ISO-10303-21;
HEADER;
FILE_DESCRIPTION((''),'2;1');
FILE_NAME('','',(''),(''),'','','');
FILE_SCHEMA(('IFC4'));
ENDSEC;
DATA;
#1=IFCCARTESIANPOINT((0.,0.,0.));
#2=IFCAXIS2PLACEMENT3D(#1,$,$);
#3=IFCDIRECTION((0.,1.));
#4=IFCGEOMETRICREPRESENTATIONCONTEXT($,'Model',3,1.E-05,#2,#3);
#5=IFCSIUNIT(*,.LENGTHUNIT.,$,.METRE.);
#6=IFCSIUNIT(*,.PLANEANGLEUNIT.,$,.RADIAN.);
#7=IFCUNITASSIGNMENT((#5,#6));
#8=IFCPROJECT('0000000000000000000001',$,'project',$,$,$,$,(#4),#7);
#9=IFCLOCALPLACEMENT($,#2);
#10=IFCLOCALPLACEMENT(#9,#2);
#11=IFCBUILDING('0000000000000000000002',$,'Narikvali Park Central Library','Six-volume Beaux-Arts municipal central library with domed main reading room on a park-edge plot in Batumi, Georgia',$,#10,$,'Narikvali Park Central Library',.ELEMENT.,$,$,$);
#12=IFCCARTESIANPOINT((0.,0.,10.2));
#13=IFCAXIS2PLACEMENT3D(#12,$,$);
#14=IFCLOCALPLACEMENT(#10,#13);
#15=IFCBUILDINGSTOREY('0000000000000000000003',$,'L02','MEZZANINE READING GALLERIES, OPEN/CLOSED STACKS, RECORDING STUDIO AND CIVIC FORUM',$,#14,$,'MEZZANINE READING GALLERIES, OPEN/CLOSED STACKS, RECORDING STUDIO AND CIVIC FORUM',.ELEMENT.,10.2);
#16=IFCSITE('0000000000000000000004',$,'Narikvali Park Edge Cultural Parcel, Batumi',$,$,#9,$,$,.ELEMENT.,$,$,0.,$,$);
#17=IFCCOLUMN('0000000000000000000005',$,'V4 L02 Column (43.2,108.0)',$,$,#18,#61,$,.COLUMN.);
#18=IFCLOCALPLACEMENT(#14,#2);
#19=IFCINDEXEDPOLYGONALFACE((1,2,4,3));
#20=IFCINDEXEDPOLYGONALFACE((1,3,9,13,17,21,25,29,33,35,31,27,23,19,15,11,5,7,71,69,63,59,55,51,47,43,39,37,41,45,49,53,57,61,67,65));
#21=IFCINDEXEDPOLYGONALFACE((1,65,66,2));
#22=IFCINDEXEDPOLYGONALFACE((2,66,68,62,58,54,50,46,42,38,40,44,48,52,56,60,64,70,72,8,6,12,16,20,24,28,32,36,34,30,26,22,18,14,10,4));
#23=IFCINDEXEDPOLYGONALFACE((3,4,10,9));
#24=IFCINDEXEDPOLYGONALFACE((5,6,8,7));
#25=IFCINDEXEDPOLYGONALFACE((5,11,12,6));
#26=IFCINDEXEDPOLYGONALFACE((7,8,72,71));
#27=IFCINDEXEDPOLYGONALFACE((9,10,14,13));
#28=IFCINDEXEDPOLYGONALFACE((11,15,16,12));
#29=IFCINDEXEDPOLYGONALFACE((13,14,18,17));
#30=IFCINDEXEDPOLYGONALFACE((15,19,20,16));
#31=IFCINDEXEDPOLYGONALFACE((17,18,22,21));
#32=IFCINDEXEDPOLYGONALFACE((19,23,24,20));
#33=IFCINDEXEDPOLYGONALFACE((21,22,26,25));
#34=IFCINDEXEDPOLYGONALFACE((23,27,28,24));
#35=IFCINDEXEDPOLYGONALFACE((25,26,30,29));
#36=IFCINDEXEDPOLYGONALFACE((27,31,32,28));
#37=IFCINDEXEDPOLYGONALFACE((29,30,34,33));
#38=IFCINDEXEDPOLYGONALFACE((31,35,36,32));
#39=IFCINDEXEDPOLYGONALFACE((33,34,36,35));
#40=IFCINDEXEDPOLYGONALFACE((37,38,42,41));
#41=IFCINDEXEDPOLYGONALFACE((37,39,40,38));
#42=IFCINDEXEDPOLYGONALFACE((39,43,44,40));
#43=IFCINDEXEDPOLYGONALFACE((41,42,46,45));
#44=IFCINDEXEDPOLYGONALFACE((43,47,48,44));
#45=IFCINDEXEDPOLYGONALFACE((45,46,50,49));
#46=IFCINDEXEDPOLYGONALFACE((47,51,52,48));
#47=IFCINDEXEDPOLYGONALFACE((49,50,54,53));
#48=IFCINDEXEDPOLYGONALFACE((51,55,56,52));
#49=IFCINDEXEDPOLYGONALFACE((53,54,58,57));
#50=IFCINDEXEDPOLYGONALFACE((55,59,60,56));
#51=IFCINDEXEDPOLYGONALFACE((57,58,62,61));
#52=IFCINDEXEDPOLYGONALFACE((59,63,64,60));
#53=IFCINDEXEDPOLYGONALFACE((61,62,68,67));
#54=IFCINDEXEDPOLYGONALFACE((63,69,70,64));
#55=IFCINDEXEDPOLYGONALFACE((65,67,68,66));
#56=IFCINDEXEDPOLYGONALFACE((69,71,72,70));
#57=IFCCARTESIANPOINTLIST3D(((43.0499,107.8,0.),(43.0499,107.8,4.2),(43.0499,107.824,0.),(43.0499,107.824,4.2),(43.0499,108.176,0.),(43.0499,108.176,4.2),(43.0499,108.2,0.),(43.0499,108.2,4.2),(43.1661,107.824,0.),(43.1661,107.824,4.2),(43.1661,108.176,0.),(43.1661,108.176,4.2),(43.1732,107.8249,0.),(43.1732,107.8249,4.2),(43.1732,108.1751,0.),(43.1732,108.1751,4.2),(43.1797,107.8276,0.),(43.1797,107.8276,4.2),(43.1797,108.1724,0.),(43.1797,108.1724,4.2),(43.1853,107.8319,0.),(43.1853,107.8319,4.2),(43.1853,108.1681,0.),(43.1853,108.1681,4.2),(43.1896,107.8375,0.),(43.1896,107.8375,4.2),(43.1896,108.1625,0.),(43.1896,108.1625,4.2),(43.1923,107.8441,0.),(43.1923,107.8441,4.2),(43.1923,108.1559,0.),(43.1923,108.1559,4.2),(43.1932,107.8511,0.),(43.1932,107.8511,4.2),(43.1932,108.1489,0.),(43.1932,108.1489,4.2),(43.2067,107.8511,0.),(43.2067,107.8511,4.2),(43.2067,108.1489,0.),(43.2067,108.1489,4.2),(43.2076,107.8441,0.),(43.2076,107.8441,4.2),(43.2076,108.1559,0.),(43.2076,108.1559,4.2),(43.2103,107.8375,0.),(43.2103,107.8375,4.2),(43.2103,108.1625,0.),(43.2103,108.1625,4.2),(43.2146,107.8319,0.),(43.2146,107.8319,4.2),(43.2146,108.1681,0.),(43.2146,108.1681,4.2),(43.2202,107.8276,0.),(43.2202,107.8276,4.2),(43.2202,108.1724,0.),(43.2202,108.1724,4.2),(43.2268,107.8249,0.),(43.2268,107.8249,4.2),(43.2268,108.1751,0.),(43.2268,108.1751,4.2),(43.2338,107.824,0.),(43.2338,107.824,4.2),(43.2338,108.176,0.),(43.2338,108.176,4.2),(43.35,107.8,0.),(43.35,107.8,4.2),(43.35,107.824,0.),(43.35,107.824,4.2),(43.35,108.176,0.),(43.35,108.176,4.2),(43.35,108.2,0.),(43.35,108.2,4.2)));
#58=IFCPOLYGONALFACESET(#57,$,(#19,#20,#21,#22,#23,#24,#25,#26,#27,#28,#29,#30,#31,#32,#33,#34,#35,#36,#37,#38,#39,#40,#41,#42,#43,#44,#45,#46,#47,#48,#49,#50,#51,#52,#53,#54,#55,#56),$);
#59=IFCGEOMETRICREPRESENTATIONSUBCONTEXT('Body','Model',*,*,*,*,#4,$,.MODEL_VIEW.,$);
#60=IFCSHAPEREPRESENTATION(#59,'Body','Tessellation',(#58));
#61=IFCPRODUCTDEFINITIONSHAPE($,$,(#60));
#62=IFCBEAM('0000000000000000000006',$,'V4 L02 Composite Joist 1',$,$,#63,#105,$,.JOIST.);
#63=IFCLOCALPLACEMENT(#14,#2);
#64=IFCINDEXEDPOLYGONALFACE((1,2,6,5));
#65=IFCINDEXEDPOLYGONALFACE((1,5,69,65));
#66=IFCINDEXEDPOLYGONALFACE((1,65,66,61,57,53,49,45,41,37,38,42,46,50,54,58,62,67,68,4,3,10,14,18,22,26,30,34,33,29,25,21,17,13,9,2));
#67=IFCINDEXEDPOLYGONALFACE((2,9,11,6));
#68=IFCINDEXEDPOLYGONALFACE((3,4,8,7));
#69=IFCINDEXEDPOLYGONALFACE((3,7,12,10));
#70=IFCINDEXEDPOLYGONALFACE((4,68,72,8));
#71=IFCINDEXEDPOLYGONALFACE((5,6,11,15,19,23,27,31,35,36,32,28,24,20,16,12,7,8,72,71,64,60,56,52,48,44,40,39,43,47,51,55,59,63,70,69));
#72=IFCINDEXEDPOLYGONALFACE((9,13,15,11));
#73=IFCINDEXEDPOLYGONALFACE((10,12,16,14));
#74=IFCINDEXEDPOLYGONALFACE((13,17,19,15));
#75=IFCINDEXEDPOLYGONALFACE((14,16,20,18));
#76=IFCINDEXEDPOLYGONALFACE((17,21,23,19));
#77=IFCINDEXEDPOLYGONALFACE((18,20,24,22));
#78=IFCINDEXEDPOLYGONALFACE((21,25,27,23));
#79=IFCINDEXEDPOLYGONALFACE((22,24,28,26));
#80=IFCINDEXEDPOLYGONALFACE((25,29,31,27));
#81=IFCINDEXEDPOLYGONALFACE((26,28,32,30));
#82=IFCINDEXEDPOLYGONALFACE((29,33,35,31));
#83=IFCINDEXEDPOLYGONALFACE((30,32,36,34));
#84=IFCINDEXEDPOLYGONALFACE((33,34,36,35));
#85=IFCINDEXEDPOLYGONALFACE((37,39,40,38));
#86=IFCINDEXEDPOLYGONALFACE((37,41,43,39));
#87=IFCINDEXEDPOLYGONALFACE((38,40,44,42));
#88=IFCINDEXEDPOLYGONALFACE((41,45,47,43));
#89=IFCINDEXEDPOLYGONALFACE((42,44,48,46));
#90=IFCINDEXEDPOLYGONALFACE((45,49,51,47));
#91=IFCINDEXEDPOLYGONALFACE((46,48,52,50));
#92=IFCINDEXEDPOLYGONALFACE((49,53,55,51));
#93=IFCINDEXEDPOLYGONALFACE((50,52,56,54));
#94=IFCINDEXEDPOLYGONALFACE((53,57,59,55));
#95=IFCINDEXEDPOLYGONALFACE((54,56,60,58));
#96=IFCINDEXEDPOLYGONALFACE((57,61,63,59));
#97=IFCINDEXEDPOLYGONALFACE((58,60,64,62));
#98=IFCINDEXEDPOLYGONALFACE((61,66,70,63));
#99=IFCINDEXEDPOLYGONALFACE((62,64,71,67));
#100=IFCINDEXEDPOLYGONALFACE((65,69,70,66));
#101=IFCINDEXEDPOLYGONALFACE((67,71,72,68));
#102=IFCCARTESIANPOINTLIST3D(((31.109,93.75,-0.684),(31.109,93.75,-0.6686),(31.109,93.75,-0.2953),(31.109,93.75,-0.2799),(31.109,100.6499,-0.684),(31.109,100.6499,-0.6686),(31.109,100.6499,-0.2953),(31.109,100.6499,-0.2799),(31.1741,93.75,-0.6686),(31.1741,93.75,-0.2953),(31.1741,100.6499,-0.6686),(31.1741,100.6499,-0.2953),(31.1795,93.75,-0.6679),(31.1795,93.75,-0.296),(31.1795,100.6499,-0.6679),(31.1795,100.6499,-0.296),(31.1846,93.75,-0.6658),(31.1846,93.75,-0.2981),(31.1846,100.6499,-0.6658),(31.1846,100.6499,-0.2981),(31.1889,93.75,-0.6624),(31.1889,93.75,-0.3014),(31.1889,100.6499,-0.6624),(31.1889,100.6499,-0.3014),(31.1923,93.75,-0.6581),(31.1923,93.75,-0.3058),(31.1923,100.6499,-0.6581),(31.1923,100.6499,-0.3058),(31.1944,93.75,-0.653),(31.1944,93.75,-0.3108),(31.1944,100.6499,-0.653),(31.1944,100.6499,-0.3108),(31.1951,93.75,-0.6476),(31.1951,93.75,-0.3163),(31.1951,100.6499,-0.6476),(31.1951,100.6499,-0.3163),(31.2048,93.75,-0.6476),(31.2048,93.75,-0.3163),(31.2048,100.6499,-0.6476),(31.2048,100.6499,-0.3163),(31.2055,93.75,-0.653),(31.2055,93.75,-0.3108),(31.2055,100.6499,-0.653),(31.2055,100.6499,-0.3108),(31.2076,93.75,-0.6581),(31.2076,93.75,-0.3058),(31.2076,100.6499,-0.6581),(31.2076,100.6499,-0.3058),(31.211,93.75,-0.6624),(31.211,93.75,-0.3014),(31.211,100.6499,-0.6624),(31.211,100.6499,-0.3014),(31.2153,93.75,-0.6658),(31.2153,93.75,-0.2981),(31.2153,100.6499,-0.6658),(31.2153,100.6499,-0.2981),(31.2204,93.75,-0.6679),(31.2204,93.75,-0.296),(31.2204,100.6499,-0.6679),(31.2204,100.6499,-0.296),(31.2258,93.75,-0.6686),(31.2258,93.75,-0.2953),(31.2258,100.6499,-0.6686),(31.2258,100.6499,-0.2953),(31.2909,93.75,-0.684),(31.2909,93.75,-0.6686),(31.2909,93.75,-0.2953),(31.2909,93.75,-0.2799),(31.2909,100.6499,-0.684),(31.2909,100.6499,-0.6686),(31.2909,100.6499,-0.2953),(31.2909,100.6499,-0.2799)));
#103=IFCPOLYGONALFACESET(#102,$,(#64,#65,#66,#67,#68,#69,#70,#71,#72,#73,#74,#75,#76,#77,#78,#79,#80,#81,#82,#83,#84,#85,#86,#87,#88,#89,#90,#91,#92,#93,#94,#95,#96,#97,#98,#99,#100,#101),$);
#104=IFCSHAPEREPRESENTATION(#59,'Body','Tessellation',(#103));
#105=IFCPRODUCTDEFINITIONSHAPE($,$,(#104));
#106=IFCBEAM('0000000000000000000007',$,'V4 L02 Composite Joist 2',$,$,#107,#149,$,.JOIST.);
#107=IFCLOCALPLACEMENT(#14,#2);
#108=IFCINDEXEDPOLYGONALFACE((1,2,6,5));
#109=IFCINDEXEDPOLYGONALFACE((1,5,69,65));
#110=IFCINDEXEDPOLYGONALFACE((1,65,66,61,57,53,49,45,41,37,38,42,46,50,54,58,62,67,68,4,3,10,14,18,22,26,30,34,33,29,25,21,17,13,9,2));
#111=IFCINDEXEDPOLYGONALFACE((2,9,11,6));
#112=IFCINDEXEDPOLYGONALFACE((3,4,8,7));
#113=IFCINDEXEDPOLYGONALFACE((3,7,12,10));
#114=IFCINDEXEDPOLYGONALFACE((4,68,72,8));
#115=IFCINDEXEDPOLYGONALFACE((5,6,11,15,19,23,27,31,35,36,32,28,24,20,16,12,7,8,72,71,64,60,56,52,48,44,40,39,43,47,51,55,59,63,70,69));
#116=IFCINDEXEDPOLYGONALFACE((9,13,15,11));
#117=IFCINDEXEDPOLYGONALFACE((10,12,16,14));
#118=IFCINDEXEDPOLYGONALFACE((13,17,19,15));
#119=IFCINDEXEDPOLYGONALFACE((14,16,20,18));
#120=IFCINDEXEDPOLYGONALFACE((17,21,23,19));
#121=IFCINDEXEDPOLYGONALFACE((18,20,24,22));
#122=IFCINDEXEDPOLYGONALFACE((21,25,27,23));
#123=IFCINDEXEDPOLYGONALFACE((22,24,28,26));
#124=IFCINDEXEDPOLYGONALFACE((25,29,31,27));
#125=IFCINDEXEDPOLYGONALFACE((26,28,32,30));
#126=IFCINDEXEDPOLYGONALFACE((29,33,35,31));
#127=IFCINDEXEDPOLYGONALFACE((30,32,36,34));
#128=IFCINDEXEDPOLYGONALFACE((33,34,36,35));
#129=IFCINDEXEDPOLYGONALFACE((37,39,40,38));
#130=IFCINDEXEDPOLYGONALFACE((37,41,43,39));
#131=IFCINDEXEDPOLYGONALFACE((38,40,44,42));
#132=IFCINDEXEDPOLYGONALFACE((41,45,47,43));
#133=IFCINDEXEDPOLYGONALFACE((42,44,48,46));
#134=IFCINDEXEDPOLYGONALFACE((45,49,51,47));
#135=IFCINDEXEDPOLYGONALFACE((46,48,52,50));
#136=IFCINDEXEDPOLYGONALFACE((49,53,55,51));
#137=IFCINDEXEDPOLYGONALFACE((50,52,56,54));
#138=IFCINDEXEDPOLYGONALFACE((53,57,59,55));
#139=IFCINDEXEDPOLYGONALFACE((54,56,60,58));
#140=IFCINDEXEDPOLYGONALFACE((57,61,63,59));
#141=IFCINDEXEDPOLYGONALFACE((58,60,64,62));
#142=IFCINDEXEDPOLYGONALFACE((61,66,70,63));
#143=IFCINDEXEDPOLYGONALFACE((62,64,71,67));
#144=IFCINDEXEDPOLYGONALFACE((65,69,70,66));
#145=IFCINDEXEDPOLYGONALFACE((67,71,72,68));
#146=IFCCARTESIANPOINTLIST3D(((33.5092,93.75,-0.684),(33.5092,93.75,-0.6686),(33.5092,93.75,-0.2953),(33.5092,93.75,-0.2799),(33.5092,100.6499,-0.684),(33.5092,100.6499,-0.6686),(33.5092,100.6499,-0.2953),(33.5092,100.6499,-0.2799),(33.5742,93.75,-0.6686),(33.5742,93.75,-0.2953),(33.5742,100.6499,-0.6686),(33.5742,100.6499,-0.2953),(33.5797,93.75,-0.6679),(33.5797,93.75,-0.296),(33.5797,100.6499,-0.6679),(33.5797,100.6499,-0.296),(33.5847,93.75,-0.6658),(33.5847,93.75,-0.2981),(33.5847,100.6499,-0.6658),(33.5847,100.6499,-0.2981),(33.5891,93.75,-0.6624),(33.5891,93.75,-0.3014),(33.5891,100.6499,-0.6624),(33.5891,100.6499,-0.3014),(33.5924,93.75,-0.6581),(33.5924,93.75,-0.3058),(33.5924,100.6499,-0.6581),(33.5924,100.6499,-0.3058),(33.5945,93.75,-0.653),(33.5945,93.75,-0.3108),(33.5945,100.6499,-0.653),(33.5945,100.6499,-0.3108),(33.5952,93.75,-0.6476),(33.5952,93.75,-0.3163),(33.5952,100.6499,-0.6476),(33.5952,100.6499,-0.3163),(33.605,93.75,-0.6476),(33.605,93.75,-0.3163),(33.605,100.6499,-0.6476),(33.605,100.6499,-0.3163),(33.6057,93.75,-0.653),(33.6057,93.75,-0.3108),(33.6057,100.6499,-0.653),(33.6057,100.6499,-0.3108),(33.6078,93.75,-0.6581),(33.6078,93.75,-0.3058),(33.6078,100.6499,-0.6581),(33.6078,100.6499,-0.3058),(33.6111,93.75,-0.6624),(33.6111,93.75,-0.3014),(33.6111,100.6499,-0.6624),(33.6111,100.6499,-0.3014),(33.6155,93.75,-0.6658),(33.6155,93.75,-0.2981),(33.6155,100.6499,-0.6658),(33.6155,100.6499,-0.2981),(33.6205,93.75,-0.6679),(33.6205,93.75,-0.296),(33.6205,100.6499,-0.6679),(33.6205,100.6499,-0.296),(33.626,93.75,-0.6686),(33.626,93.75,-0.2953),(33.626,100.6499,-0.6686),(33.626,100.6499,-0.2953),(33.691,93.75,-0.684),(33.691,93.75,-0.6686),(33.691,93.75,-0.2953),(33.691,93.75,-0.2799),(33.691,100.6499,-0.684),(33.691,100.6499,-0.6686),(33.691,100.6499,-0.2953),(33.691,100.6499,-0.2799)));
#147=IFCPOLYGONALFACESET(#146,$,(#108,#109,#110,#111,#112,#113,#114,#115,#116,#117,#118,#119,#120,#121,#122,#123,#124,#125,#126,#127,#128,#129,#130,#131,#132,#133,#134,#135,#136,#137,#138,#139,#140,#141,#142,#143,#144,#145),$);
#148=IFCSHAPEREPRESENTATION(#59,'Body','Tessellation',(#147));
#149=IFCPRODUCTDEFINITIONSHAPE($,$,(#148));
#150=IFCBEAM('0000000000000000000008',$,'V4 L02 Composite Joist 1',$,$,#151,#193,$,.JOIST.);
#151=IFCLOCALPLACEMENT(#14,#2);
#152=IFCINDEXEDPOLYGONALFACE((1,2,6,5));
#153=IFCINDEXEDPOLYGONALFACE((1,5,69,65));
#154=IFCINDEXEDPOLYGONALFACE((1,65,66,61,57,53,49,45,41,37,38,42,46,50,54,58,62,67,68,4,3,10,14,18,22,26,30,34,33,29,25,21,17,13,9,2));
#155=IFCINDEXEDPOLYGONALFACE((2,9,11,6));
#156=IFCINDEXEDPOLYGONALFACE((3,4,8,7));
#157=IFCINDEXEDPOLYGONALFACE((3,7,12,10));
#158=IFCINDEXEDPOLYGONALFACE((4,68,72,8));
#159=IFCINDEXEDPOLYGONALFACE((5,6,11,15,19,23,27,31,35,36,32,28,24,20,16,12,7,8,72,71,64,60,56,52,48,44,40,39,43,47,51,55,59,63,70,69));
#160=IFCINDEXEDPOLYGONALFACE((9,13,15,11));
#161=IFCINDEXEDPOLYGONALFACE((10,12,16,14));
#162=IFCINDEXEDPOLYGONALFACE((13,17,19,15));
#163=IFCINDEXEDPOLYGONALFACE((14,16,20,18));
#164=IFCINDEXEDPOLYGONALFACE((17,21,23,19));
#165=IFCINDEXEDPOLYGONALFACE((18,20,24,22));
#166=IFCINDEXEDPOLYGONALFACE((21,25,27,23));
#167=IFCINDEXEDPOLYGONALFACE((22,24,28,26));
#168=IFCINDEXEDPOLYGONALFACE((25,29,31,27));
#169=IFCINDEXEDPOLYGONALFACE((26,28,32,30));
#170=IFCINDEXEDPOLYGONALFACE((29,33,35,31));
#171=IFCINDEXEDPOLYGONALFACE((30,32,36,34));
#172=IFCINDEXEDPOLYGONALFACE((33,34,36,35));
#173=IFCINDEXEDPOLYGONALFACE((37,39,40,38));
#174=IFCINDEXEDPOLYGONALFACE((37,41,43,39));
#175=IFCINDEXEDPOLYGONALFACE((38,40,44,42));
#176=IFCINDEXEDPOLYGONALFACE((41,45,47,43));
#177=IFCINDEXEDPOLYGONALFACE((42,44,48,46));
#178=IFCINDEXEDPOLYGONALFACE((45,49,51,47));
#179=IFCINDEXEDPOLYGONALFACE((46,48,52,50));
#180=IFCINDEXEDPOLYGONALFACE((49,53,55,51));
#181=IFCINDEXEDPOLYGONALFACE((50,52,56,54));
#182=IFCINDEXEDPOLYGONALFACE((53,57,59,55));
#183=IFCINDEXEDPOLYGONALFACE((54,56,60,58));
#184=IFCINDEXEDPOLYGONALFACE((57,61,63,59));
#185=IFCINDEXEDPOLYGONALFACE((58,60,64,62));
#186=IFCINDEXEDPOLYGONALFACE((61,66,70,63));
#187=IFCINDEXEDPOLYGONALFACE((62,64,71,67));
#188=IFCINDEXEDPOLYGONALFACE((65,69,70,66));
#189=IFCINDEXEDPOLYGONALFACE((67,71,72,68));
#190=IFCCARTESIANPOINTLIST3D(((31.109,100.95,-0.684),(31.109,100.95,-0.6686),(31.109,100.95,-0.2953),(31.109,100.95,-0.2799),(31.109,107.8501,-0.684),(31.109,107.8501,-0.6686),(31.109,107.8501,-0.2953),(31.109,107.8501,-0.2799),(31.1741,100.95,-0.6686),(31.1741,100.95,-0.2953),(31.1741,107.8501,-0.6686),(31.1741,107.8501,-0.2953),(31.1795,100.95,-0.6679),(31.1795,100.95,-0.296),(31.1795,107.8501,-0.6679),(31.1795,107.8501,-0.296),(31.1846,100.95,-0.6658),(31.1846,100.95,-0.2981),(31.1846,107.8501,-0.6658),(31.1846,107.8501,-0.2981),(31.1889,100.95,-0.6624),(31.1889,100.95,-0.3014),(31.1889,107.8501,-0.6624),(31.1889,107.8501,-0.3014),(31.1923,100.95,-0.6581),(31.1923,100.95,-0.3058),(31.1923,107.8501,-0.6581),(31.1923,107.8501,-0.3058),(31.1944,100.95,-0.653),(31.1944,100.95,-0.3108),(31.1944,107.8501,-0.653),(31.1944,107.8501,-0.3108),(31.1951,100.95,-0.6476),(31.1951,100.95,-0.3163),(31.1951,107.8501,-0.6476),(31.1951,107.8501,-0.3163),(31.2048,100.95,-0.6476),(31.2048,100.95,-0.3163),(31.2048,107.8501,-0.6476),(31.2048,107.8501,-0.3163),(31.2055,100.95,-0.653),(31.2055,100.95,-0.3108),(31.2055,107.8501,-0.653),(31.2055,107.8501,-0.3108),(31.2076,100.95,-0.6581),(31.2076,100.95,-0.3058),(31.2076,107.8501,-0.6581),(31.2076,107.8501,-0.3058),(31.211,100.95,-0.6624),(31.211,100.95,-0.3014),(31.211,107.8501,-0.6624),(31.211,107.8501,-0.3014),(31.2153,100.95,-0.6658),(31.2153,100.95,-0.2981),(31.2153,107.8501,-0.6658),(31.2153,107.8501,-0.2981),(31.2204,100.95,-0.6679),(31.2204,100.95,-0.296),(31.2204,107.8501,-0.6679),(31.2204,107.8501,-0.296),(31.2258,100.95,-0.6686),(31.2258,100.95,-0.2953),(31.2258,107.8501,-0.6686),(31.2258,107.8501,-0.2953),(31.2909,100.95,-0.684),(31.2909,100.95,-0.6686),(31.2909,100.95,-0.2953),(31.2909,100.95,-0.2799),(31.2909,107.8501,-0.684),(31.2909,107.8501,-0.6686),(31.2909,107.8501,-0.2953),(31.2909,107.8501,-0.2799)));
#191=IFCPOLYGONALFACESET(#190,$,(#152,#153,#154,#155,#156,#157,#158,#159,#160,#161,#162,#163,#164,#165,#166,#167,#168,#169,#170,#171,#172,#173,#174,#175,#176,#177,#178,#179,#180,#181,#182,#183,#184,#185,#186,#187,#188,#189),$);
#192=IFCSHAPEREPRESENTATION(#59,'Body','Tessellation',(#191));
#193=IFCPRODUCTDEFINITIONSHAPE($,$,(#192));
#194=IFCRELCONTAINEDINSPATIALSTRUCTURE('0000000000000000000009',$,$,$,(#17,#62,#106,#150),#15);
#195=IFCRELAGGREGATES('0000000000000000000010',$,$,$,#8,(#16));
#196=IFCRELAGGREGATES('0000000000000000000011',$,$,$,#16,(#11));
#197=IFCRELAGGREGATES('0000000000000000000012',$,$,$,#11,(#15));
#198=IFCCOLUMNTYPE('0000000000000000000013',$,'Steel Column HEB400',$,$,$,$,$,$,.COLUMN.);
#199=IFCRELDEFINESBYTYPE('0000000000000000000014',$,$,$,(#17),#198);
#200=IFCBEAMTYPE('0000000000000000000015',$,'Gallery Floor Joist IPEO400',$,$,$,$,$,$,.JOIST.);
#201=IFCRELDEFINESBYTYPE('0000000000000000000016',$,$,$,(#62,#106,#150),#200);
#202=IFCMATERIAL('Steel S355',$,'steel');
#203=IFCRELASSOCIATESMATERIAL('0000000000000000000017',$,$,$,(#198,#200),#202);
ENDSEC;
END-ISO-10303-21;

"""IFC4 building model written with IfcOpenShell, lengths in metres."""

from ifc_helpers import new_model, si_unit, direction, frame, origin, origin_2d, place, context, subcontext, project, spatial, i_section, extrude, material, material_profile, profile_set, type_object, element, save


model = new_model("IFC4")

# Units and contexts
model_context = context("Model", 3, precision=1e-05, world=origin(), true_north=direction((0.0, 1.0)))
body_context = subcontext(model_context, "Body", "Model", "MODEL_VIEW")
ifc_project = project(units=[si_unit("LENGTHUNIT", "METRE"), si_unit("PLANEANGLEUNIT", "RADIAN")], contexts=[model_context])

# Site, building, storey
site_placement = place(None, origin())
site = spatial("IfcSite", under=ifc_project, at=site_placement, Name="Narikvali Park Edge Cultural Parcel, Batumi", CompositionType="ELEMENT", RefElevation=0.0)
building_placement = place(site_placement, origin())
building = spatial("IfcBuilding", under=site, at=building_placement, Name="Narikvali Park Central Library", Description="Six-volume Beaux-Arts municipal central library with domed main reading room on a park-edge plot in Batumi, Georgia", LongName="Narikvali Park Central Library", CompositionType="ELEMENT")
storey_placement = place(building_placement, frame((0.0, 0.0, 10.2)))
storey = spatial("IfcBuildingStorey", under=building, at=storey_placement, Name="L02", Description="MEZZANINE READING GALLERIES, OPEN/CLOSED STACKS, RECORDING STUDIO AND CIVIC FORUM", LongName="MEZZANINE READING GALLERIES, OPEN/CLOSED STACKS, RECORDING STUDIO AND CIVIC FORUM", CompositionType="ELEMENT", Elevation=10.2)

# Column
ifc_material_1 = material(Name="Steel S355", Category="steel")
ifc_material_profile_1 = material_profile(ifc_material_1, i_section(OverallWidth=0.3, OverallDepth=0.3999, WebThickness=0.0134, FlangeThickness=0.0239, FilletRadius=0.0271, at=origin_2d()), Name="HEB 400")
ifc_profile_set_1 = profile_set([ifc_material_profile_1], Name="Steel S355")
column_type = type_object("IfcColumnType", Name="Steel Column HEB400", PredefinedType="COLUMN", material=ifc_profile_set_1)
for number, where, z_axis, x_axis, name in (
    (1, (43.2, 108.0, 0.0), (0.0, 0.0, 1.0), (1.0, 0.0, 0.0), "V4 L02 Column (43.2,108.0)"),
):
    element("IfcColumn", number, at=place(storey_placement, frame(where, z_axis=z_axis, x_axis=x_axis)), inside=storey, type_object=column_type, Name=name, PredefinedType="COLUMN", context=body_context, shape_type="SweptSolid", body=[
        extrude(i_section(OverallWidth=0.3, OverallDepth=0.3999, WebThickness=0.0134, FlangeThickness=0.0239, FilletRadius=0.0271, at=origin_2d()), origin(), (0.0, 0.0, 1.0), 4.2),
    ])

# Beams
ifc_material_profile_2 = material_profile(ifc_material_1, i_section(OverallWidth=0.1819, OverallDepth=0.4041, WebThickness=0.0098, FlangeThickness=0.0154, FilletRadius=0.021, at=origin_2d()), Name="IPEO 400")
ifc_profile_set_2 = profile_set([ifc_material_profile_2], Name="Steel S355")
beam_type_1 = type_object("IfcBeamType", Name="Gallery Floor Joist IPEO400", PredefinedType="JOIST", material=ifc_profile_set_2)
for number, where, z_axis, x_axis, name in (
    (2, (31.2, 93.75, -0.4819), (0.0, 1.0, 0.0), (-1.0, 0.0, 0.0), "V4 L02 Composite Joist 1"),
    (3, (33.6001, 93.75, -0.4819), (0.0, 1.0, 0.0), (-1.0, 0.0, 0.0), "V4 L02 Composite Joist 2"),
):
    element("IfcBeam", number, at=place(storey_placement, frame(where, z_axis=z_axis, x_axis=x_axis)), inside=storey, type_object=beam_type_1, Name=name, PredefinedType="JOIST", context=body_context, shape_type="SweptSolid", body=[
        extrude(i_section(OverallWidth=0.1819, OverallDepth=0.4041, WebThickness=0.0098, FlangeThickness=0.0154, FilletRadius=0.021, at=origin_2d()), origin(), (0.0, 0.0, 1.0), 6.8999),
    ])
for number, where, z_axis, x_axis, name in (
    (4, (31.2, 100.95, -0.4819), (0.0, 1.0, 0.0), (-1.0, 0.0, 0.0), "V4 L02 Composite Joist 1"),
):
    element("IfcBeam", number, at=place(storey_placement, frame(where, z_axis=z_axis, x_axis=x_axis)), inside=storey, type_object=beam_type_1, Name=name, PredefinedType="JOIST", context=body_context, shape_type="SweptSolid", body=[
        extrude(i_section(OverallWidth=0.1819, OverallDepth=0.4041, WebThickness=0.0098, FlangeThickness=0.0154, FilletRadius=0.021, at=origin_2d()), origin(), (0.0, 0.0, 1.0), 6.9001),
    ])

save(model, "model.ifc")
